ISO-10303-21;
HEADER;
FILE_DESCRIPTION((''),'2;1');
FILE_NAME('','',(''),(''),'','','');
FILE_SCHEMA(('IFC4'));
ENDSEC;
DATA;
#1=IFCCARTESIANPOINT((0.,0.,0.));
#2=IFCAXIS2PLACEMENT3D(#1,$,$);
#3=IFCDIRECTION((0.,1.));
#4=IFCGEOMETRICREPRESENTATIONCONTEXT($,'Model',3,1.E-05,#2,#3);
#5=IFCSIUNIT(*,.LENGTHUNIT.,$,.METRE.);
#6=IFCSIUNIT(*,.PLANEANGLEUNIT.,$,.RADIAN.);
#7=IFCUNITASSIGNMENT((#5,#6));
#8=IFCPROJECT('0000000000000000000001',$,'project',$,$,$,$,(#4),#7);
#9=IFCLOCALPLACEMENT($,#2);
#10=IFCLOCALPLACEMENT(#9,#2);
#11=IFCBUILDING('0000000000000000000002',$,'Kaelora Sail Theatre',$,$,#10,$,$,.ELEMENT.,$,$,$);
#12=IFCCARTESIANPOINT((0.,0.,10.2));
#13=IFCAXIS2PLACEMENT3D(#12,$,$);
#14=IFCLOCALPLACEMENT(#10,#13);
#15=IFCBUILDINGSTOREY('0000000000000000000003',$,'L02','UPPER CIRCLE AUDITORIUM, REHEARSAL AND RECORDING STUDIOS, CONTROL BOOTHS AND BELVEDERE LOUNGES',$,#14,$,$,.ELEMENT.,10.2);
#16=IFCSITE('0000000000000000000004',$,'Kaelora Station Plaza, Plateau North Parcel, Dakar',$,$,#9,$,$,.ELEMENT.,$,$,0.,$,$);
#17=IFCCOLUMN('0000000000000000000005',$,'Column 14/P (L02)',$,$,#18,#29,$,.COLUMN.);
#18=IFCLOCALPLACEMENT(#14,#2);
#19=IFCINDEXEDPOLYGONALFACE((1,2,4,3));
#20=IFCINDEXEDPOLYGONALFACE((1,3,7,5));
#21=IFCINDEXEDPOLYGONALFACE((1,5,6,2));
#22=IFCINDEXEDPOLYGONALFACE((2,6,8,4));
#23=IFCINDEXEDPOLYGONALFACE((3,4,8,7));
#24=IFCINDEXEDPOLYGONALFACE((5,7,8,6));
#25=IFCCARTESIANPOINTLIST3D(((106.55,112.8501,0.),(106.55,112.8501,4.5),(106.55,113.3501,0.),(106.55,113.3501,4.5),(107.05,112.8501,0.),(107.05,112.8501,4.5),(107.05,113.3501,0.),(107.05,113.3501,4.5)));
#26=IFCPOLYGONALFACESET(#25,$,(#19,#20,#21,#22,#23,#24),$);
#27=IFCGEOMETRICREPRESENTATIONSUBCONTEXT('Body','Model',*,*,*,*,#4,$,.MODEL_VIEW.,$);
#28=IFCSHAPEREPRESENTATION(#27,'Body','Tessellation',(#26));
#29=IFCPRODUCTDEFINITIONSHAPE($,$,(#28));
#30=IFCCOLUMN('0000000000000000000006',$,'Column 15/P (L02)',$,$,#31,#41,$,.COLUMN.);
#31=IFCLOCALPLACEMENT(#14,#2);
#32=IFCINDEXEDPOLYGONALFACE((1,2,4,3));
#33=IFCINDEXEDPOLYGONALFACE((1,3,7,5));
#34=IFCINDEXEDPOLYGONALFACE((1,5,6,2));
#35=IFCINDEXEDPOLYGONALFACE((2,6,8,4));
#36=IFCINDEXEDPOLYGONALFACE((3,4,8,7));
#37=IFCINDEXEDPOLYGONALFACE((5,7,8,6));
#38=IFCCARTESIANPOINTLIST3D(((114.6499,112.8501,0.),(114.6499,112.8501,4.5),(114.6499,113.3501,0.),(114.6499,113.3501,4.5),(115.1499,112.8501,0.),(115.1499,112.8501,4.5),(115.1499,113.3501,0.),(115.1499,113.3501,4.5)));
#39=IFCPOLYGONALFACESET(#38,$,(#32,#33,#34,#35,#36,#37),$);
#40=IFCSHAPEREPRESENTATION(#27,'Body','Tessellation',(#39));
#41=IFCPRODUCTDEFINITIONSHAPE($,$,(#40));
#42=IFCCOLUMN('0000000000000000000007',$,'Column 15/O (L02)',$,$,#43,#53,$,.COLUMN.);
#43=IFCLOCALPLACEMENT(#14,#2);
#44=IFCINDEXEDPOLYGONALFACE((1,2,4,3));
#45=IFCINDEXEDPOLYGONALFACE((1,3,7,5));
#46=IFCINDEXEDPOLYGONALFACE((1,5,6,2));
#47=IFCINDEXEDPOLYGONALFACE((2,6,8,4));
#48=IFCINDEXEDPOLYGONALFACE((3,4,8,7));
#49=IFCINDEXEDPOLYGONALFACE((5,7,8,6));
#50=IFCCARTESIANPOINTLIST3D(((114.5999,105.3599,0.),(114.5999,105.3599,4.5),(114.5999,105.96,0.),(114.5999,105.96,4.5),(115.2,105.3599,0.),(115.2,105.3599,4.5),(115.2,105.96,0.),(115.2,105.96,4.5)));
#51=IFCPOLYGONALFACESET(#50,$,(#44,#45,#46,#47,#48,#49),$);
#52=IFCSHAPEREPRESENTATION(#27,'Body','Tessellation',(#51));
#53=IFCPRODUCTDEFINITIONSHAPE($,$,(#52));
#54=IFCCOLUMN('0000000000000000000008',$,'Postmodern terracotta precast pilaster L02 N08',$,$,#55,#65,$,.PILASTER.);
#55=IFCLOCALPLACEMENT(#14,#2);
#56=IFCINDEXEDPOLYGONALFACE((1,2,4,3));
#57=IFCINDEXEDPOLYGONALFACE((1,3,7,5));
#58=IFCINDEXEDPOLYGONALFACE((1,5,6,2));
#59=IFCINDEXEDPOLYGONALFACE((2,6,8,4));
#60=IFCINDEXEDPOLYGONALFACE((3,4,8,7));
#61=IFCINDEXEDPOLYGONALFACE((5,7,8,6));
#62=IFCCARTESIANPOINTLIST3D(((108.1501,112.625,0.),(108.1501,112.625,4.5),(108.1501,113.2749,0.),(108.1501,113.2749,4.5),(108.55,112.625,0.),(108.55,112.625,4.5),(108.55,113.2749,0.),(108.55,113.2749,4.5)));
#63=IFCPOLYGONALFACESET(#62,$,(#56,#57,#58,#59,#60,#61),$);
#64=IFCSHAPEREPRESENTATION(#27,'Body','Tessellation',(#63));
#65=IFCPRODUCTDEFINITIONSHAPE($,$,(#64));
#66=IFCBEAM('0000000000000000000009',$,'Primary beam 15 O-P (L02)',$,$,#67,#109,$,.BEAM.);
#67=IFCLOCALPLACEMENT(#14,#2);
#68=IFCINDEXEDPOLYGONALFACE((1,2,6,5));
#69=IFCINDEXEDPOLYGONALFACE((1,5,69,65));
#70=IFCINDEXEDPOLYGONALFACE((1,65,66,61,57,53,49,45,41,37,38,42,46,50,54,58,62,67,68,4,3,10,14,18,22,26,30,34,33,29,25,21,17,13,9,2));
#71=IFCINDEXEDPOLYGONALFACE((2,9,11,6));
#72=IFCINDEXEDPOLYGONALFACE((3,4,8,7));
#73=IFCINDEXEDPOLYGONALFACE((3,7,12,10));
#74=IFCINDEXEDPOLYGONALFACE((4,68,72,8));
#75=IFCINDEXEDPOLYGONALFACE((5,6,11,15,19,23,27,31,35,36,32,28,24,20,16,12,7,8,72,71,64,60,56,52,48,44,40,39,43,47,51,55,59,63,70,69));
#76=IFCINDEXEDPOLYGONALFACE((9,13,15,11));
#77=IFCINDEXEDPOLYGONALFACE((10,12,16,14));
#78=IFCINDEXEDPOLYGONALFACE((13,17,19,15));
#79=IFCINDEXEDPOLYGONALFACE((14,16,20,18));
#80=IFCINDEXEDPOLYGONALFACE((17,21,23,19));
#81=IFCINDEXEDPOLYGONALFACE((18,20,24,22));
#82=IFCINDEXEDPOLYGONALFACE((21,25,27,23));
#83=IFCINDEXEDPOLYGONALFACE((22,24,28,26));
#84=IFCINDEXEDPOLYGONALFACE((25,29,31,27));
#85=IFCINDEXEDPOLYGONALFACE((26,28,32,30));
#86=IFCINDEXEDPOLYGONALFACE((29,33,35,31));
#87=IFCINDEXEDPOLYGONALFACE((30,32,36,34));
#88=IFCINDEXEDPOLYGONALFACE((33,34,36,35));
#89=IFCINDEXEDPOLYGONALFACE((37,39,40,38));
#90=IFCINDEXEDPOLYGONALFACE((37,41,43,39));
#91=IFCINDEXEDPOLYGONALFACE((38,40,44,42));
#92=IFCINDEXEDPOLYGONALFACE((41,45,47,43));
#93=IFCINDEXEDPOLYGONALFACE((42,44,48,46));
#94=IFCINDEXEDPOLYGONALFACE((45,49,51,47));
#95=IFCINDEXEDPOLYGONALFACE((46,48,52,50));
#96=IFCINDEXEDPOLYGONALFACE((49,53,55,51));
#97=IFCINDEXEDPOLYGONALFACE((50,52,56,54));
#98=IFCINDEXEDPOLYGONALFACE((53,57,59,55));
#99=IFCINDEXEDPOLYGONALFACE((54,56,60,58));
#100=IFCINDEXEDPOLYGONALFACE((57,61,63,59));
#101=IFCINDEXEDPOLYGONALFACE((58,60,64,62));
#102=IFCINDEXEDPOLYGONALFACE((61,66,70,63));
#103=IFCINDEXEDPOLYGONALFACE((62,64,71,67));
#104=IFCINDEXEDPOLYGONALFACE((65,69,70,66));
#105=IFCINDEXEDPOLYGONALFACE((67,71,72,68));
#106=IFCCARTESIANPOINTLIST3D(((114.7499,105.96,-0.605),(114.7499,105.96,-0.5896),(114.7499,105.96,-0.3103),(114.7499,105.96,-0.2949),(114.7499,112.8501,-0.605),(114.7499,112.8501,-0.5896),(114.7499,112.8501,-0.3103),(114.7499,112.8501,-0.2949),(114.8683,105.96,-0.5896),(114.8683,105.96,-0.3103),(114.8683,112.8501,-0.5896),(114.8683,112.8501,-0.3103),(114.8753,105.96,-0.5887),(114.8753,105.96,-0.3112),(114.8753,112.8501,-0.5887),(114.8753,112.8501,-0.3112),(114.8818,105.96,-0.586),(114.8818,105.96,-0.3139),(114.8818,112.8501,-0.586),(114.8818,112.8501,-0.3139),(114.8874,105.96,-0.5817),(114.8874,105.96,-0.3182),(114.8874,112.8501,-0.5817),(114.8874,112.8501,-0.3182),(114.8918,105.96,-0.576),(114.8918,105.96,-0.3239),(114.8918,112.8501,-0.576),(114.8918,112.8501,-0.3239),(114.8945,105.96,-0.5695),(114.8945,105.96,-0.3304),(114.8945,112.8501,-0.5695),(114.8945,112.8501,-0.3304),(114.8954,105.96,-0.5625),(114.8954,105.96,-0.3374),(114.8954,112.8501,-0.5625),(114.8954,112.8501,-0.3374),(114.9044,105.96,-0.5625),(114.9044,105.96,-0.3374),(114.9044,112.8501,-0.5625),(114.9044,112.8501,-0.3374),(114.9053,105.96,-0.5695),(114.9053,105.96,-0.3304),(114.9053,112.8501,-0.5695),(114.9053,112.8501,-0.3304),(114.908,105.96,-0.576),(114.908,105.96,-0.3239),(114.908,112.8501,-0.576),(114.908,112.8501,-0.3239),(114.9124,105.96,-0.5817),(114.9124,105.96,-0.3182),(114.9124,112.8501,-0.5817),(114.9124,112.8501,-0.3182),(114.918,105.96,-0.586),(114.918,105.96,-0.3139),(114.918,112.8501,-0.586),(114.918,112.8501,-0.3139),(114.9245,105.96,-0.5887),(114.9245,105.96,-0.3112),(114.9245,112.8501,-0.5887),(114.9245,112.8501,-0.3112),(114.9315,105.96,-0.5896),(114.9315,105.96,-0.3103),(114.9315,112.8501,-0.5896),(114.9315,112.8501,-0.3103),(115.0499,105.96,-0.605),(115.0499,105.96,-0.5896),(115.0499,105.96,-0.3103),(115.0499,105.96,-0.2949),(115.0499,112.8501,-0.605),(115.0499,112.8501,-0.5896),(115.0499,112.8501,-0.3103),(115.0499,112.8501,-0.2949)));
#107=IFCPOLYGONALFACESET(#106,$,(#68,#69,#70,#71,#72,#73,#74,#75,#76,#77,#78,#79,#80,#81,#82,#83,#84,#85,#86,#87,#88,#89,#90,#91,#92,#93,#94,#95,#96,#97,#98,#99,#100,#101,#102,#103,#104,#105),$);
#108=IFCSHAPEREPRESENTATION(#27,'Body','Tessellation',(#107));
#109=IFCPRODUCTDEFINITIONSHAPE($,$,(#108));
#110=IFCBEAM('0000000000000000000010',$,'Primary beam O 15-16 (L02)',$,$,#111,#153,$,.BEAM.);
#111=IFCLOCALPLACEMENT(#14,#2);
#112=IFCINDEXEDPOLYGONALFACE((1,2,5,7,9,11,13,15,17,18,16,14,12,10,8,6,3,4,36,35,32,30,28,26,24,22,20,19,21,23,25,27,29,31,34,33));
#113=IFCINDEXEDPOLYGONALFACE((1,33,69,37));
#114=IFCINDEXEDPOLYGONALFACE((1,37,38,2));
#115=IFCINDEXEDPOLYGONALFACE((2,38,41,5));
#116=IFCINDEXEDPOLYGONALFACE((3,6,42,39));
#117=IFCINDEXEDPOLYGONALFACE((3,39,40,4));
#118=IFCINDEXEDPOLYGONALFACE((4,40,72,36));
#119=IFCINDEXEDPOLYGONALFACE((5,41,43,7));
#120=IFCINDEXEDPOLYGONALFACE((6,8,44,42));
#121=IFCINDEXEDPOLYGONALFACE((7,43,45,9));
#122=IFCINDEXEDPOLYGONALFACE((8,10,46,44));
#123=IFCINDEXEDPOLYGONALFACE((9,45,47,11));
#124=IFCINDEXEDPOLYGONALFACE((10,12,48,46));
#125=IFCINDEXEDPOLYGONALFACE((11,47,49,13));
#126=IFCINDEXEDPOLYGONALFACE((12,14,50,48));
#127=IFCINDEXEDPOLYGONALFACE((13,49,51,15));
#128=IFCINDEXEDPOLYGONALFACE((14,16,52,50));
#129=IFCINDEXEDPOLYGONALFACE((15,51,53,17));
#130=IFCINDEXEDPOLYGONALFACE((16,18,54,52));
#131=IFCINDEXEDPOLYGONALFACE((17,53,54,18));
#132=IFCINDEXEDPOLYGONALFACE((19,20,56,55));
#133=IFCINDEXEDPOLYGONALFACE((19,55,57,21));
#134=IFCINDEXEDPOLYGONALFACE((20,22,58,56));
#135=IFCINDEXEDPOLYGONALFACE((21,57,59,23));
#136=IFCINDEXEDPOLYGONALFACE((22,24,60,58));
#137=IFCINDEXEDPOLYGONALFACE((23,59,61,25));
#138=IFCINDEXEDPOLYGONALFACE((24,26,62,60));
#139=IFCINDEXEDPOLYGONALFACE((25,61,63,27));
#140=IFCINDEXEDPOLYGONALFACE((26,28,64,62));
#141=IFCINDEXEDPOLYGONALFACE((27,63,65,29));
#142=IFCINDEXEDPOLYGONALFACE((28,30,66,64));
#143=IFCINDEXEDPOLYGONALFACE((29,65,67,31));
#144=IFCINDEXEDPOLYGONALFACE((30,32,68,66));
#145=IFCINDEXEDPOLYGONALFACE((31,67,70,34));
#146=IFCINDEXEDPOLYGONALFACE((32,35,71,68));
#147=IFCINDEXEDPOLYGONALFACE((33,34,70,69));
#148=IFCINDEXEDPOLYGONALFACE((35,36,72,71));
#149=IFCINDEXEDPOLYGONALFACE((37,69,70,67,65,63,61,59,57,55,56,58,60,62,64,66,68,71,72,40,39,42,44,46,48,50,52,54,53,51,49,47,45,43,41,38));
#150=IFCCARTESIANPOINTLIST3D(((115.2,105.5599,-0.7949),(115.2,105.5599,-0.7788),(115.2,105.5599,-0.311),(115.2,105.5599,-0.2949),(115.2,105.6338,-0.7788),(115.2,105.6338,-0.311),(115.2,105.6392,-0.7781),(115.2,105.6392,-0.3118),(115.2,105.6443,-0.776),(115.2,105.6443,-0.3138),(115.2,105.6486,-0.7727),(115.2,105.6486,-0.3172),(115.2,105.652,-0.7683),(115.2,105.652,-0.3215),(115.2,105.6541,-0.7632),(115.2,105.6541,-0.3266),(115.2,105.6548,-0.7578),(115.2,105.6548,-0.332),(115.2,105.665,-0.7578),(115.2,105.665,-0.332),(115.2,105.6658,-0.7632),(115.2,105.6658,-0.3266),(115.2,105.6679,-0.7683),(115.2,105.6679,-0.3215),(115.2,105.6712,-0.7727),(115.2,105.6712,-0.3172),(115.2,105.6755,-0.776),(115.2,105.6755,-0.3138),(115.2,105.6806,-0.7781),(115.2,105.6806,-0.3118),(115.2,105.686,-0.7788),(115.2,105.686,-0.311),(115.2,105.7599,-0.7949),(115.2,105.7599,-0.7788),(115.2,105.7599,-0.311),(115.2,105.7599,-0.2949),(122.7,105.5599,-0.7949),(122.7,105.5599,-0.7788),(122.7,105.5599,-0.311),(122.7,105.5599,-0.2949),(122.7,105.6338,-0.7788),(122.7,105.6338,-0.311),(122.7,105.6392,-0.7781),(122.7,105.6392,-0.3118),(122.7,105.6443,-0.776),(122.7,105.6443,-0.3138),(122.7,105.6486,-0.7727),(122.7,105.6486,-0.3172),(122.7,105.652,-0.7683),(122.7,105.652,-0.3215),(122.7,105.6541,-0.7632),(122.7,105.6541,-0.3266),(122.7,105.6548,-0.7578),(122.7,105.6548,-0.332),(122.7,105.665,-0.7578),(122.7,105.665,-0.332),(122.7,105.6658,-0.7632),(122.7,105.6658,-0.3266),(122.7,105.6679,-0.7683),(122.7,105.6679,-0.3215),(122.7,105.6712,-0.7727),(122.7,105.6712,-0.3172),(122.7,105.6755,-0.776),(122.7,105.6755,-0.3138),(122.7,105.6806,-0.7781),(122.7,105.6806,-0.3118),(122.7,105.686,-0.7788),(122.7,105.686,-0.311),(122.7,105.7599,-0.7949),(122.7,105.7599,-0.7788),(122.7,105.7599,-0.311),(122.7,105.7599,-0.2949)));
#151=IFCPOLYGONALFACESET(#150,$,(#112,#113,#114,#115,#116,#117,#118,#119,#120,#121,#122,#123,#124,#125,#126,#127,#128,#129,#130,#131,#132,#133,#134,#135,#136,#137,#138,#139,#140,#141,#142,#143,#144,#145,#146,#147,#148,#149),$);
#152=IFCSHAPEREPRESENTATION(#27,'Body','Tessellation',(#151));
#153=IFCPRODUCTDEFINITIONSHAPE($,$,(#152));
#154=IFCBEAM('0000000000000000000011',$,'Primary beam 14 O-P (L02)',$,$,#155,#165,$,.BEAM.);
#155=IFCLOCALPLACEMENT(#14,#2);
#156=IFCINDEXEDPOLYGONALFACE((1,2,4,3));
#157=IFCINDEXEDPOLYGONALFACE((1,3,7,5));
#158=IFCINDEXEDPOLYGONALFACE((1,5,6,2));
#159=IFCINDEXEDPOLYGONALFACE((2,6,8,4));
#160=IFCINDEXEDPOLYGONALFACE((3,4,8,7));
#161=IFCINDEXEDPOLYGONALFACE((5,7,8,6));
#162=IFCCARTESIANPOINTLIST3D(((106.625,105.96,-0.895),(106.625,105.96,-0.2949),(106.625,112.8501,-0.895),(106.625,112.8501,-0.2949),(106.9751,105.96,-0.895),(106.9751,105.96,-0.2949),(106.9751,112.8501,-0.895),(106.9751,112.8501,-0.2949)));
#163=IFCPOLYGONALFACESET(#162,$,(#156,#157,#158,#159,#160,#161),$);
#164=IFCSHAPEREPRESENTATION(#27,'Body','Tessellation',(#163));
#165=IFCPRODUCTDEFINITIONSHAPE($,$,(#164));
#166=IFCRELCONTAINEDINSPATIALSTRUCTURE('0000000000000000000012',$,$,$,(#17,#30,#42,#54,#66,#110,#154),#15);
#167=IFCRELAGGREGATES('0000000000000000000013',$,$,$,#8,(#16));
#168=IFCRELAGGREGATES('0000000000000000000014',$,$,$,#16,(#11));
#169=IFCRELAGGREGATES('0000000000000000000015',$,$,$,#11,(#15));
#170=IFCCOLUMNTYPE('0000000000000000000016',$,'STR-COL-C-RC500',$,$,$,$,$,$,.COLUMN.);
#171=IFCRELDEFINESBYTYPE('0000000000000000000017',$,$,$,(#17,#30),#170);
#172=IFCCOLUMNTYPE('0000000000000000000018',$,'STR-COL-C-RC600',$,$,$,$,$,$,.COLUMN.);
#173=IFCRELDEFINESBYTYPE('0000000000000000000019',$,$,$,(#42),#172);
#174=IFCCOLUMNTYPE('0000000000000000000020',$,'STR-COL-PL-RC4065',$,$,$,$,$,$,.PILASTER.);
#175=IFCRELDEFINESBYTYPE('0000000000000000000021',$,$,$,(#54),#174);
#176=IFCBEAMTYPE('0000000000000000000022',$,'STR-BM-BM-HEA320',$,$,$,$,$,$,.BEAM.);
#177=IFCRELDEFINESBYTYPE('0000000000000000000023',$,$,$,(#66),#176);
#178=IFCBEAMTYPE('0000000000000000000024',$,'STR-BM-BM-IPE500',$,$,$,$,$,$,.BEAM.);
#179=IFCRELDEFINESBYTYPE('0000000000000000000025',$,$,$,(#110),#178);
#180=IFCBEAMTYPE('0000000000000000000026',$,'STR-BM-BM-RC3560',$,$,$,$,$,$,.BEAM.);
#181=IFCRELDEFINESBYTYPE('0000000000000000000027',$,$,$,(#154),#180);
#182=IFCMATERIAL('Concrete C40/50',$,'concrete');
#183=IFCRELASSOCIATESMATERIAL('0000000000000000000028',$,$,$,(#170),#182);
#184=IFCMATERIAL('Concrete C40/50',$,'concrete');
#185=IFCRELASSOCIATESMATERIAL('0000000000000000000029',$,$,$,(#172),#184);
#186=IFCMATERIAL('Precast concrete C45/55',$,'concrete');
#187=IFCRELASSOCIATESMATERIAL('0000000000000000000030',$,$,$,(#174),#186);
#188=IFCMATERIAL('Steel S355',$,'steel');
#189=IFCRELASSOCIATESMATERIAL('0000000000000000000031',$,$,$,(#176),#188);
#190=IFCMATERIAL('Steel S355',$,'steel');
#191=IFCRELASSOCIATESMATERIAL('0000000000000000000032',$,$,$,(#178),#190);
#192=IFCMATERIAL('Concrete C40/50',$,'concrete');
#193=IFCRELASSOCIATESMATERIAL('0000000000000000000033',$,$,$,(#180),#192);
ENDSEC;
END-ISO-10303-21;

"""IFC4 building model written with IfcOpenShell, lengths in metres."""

from ifc_helpers import new_model, si_unit, direction, frame, origin, origin_2d, place, context, subcontext, project, spatial, rectangle, i_section, extrude, material, material_profile, profile_set, type_object, element, save


model = new_model("IFC4")

# Units and contexts
model_context = context("Model", 3, precision=1e-05, world=origin(), true_north=direction((0.0, 1.0)))
body_context = subcontext(model_context, "Body", "Model", "MODEL_VIEW")
ifc_project = project(units=[si_unit("LENGTHUNIT", "METRE"), si_unit("PLANEANGLEUNIT", "RADIAN")], contexts=[model_context])

# Site, building, storey
site_placement = place(None, origin())
site = spatial("IfcSite", under=ifc_project, at=site_placement, Name="Kaelora Station Plaza, Plateau North Parcel, Dakar", CompositionType="ELEMENT", RefElevation=0.0)
building_placement = place(site_placement, origin())
building = spatial("IfcBuilding", under=site, at=building_placement, Name="Kaelora Sail Theatre", CompositionType="ELEMENT")
storey_placement = place(building_placement, frame((0.0, 0.0, 10.2)))
storey = spatial("IfcBuildingStorey", under=building, at=storey_placement, Name="L02", Description="UPPER CIRCLE AUDITORIUM, REHEARSAL AND RECORDING STUDIOS, CONTROL BOOTHS AND BELVEDERE LOUNGES", CompositionType="ELEMENT", Elevation=10.2)

# Columns
ifc_material_1 = material(Name="Concrete C40/50", Category="concrete")
ifc_material_profile_1 = material_profile(ifc_material_1, rectangle(XDim=0.5, YDim=0.5, at=origin_2d()), Name="RC-COL 500x500")
ifc_profile_set_1 = profile_set([ifc_material_profile_1], Name="Concrete C40/50")
column_type_1 = type_object("IfcColumnType", Name="STR-COL-C-RC500", PredefinedType="COLUMN", material=ifc_profile_set_1)
for number, where, z_axis, x_axis, name in (
    (1, (106.8, 113.1001, 0.0), (0.0, 0.0, 1.0), (1.0, 0.0, 0.0), "Column 14/P (L02)"),
    (2, (114.8999, 113.1001, 0.0), (0.0, 0.0, 1.0), (1.0, 0.0, 0.0), "Column 15/P (L02)"),
):
    element("IfcColumn", number, at=place(storey_placement, frame(where, z_axis=z_axis, x_axis=x_axis)), inside=storey, type_object=column_type_1, Name=name, PredefinedType="COLUMN", context=body_context, shape_type="SweptSolid", body=[
        extrude(rectangle(XDim=0.5, YDim=0.5, at=origin_2d()), origin(), (0.0, 0.0, 1.0), 4.5),
    ])
ifc_material_2 = material(Name="Concrete C40/50", Category="concrete")
ifc_material_profile_2 = material_profile(ifc_material_2, rectangle(XDim=0.6001, YDim=0.6001, at=origin_2d()), Name="RC-COL 600x600")
ifc_profile_set_2 = profile_set([ifc_material_profile_2], Name="Concrete C40/50")
column_type_2 = type_object("IfcColumnType", Name="STR-COL-C-RC600", PredefinedType="COLUMN", material=ifc_profile_set_2)
column_1_placement = place(storey_placement, frame((114.8999, 105.6599, 0.0), z_axis=(0.0, 0.0, 1.0), x_axis=(1.0, 0.0, 0.0)))
element("IfcColumn", 3, at=column_1_placement, inside=storey, type_object=column_type_2, Name="Column 15/O (L02)", PredefinedType="COLUMN", context=body_context, shape_type="SweptSolid", body=[
    extrude(rectangle(XDim=0.6001, YDim=0.6001, at=origin_2d()), origin(), (0.0, 0.0, 1.0), 4.5),
])
ifc_material_3 = material(Name="Precast concrete C45/55", Category="concrete")
ifc_material_profile_3 = material_profile(ifc_material_3, rectangle(XDim=0.3999, YDim=0.6499, at=origin_2d()), Name="RC-PIL 400x650")
ifc_profile_set_3 = profile_set([ifc_material_profile_3], Name="Precast concrete C45/55")
column_type_3 = type_object("IfcColumnType", Name="STR-COL-PL-RC4065", PredefinedType="PILASTER", material=ifc_profile_set_3)
column_2_placement = place(storey_placement, frame((108.3501, 112.95, 0.0), z_axis=(0.0, 0.0, 1.0), x_axis=(1.0, 0.0, 0.0)))
element("IfcColumn", 4, at=column_2_placement, inside=storey, type_object=column_type_3, Name="Postmodern terracotta precast pilaster L02 N08", PredefinedType="PILASTER", context=body_context, shape_type="SweptSolid", body=[
    extrude(rectangle(XDim=0.3999, YDim=0.6499, at=origin_2d()), origin(), (0.0, 0.0, 1.0), 4.5),
])

# Beams
ifc_material_4 = material(Name="Steel S355", Category="steel")
ifc_material_profile_4 = material_profile(ifc_material_4, i_section(OverallWidth=0.3, OverallDepth=0.3101, WebThickness=0.009, FlangeThickness=0.0154, FilletRadius=0.0271, at=origin_2d()), Name="HEA 320")
ifc_profile_set_4 = profile_set([ifc_material_profile_4], Name="Steel S355")
beam_type_1 = type_object("IfcBeamType", Name="STR-BM-BM-HEA320", PredefinedType="BEAM", material=ifc_profile_set_4)
beam_1_placement = place(storey_placement, frame((114.8999, 105.96, -0.45), z_axis=(0.0, 1.0, 0.0), x_axis=(-1.0, 0.0, 0.0)))
element("IfcBeam", 5, at=beam_1_placement, inside=storey, type_object=beam_type_1, Name="Primary beam 15 O-P (L02)", PredefinedType="BEAM", context=body_context, shape_type="SweptSolid", body=[
    extrude(i_section(OverallWidth=0.3, OverallDepth=0.3101, WebThickness=0.009, FlangeThickness=0.0154, FilletRadius=0.0271, at=origin_2d()), origin(), (0.0, 0.0, 1.0), 6.8901),
])
ifc_material_5 = material(Name="Steel S355", Category="steel")
ifc_material_profile_5 = material_profile(ifc_material_5, i_section(OverallWidth=0.2, OverallDepth=0.5, WebThickness=0.0103, FlangeThickness=0.0161, FilletRadius=0.021, at=origin_2d()), Name="IPE 500")
ifc_profile_set_5 = profile_set([ifc_material_profile_5], Name="Steel S355")
beam_type_2 = type_object("IfcBeamType", Name="STR-BM-BM-IPE500", PredefinedType="BEAM", material=ifc_profile_set_5)
beam_2_placement = place(storey_placement, frame((115.2, 105.6599, -0.5449), z_axis=(1.0, 0.0, 0.0), x_axis=(0.0, 1.0, 0.0)))
element("IfcBeam", 6, at=beam_2_placement, inside=storey, type_object=beam_type_2, Name="Primary beam O 15-16 (L02)", PredefinedType="BEAM", context=body_context, shape_type="SweptSolid", body=[
    extrude(i_section(OverallWidth=0.2, OverallDepth=0.5, WebThickness=0.0103, FlangeThickness=0.0161, FilletRadius=0.021, at=origin_2d()), origin(), (0.0, 0.0, 1.0), 7.5),
])
ifc_material_6 = material(Name="Concrete C40/50", Category="concrete")
ifc_material_profile_6 = material_profile(ifc_material_6, rectangle(XDim=0.3501, YDim=0.6001, at=origin_2d()), Name="RC-BM 350x600")
ifc_profile_set_6 = profile_set([ifc_material_profile_6], Name="Concrete C40/50")
beam_type_3 = type_object("IfcBeamType", Name="STR-BM-BM-RC3560", PredefinedType="BEAM", material=ifc_profile_set_6)
beam_3_placement = place(storey_placement, frame((106.8, 105.96, -0.595), z_axis=(0.0, 1.0, 0.0), x_axis=(-1.0, 0.0, 0.0)))
element("IfcBeam", 7, at=beam_3_placement, inside=storey, type_object=beam_type_3, Name="Primary beam 14 O-P (L02)", PredefinedType="BEAM", context=body_context, shape_type="SweptSolid", body=[
    extrude(rectangle(XDim=0.3501, YDim=0.6001, at=origin_2d()), origin(), (0.0, 0.0, 1.0), 6.8901),
])

save(model, "model.ifc")
